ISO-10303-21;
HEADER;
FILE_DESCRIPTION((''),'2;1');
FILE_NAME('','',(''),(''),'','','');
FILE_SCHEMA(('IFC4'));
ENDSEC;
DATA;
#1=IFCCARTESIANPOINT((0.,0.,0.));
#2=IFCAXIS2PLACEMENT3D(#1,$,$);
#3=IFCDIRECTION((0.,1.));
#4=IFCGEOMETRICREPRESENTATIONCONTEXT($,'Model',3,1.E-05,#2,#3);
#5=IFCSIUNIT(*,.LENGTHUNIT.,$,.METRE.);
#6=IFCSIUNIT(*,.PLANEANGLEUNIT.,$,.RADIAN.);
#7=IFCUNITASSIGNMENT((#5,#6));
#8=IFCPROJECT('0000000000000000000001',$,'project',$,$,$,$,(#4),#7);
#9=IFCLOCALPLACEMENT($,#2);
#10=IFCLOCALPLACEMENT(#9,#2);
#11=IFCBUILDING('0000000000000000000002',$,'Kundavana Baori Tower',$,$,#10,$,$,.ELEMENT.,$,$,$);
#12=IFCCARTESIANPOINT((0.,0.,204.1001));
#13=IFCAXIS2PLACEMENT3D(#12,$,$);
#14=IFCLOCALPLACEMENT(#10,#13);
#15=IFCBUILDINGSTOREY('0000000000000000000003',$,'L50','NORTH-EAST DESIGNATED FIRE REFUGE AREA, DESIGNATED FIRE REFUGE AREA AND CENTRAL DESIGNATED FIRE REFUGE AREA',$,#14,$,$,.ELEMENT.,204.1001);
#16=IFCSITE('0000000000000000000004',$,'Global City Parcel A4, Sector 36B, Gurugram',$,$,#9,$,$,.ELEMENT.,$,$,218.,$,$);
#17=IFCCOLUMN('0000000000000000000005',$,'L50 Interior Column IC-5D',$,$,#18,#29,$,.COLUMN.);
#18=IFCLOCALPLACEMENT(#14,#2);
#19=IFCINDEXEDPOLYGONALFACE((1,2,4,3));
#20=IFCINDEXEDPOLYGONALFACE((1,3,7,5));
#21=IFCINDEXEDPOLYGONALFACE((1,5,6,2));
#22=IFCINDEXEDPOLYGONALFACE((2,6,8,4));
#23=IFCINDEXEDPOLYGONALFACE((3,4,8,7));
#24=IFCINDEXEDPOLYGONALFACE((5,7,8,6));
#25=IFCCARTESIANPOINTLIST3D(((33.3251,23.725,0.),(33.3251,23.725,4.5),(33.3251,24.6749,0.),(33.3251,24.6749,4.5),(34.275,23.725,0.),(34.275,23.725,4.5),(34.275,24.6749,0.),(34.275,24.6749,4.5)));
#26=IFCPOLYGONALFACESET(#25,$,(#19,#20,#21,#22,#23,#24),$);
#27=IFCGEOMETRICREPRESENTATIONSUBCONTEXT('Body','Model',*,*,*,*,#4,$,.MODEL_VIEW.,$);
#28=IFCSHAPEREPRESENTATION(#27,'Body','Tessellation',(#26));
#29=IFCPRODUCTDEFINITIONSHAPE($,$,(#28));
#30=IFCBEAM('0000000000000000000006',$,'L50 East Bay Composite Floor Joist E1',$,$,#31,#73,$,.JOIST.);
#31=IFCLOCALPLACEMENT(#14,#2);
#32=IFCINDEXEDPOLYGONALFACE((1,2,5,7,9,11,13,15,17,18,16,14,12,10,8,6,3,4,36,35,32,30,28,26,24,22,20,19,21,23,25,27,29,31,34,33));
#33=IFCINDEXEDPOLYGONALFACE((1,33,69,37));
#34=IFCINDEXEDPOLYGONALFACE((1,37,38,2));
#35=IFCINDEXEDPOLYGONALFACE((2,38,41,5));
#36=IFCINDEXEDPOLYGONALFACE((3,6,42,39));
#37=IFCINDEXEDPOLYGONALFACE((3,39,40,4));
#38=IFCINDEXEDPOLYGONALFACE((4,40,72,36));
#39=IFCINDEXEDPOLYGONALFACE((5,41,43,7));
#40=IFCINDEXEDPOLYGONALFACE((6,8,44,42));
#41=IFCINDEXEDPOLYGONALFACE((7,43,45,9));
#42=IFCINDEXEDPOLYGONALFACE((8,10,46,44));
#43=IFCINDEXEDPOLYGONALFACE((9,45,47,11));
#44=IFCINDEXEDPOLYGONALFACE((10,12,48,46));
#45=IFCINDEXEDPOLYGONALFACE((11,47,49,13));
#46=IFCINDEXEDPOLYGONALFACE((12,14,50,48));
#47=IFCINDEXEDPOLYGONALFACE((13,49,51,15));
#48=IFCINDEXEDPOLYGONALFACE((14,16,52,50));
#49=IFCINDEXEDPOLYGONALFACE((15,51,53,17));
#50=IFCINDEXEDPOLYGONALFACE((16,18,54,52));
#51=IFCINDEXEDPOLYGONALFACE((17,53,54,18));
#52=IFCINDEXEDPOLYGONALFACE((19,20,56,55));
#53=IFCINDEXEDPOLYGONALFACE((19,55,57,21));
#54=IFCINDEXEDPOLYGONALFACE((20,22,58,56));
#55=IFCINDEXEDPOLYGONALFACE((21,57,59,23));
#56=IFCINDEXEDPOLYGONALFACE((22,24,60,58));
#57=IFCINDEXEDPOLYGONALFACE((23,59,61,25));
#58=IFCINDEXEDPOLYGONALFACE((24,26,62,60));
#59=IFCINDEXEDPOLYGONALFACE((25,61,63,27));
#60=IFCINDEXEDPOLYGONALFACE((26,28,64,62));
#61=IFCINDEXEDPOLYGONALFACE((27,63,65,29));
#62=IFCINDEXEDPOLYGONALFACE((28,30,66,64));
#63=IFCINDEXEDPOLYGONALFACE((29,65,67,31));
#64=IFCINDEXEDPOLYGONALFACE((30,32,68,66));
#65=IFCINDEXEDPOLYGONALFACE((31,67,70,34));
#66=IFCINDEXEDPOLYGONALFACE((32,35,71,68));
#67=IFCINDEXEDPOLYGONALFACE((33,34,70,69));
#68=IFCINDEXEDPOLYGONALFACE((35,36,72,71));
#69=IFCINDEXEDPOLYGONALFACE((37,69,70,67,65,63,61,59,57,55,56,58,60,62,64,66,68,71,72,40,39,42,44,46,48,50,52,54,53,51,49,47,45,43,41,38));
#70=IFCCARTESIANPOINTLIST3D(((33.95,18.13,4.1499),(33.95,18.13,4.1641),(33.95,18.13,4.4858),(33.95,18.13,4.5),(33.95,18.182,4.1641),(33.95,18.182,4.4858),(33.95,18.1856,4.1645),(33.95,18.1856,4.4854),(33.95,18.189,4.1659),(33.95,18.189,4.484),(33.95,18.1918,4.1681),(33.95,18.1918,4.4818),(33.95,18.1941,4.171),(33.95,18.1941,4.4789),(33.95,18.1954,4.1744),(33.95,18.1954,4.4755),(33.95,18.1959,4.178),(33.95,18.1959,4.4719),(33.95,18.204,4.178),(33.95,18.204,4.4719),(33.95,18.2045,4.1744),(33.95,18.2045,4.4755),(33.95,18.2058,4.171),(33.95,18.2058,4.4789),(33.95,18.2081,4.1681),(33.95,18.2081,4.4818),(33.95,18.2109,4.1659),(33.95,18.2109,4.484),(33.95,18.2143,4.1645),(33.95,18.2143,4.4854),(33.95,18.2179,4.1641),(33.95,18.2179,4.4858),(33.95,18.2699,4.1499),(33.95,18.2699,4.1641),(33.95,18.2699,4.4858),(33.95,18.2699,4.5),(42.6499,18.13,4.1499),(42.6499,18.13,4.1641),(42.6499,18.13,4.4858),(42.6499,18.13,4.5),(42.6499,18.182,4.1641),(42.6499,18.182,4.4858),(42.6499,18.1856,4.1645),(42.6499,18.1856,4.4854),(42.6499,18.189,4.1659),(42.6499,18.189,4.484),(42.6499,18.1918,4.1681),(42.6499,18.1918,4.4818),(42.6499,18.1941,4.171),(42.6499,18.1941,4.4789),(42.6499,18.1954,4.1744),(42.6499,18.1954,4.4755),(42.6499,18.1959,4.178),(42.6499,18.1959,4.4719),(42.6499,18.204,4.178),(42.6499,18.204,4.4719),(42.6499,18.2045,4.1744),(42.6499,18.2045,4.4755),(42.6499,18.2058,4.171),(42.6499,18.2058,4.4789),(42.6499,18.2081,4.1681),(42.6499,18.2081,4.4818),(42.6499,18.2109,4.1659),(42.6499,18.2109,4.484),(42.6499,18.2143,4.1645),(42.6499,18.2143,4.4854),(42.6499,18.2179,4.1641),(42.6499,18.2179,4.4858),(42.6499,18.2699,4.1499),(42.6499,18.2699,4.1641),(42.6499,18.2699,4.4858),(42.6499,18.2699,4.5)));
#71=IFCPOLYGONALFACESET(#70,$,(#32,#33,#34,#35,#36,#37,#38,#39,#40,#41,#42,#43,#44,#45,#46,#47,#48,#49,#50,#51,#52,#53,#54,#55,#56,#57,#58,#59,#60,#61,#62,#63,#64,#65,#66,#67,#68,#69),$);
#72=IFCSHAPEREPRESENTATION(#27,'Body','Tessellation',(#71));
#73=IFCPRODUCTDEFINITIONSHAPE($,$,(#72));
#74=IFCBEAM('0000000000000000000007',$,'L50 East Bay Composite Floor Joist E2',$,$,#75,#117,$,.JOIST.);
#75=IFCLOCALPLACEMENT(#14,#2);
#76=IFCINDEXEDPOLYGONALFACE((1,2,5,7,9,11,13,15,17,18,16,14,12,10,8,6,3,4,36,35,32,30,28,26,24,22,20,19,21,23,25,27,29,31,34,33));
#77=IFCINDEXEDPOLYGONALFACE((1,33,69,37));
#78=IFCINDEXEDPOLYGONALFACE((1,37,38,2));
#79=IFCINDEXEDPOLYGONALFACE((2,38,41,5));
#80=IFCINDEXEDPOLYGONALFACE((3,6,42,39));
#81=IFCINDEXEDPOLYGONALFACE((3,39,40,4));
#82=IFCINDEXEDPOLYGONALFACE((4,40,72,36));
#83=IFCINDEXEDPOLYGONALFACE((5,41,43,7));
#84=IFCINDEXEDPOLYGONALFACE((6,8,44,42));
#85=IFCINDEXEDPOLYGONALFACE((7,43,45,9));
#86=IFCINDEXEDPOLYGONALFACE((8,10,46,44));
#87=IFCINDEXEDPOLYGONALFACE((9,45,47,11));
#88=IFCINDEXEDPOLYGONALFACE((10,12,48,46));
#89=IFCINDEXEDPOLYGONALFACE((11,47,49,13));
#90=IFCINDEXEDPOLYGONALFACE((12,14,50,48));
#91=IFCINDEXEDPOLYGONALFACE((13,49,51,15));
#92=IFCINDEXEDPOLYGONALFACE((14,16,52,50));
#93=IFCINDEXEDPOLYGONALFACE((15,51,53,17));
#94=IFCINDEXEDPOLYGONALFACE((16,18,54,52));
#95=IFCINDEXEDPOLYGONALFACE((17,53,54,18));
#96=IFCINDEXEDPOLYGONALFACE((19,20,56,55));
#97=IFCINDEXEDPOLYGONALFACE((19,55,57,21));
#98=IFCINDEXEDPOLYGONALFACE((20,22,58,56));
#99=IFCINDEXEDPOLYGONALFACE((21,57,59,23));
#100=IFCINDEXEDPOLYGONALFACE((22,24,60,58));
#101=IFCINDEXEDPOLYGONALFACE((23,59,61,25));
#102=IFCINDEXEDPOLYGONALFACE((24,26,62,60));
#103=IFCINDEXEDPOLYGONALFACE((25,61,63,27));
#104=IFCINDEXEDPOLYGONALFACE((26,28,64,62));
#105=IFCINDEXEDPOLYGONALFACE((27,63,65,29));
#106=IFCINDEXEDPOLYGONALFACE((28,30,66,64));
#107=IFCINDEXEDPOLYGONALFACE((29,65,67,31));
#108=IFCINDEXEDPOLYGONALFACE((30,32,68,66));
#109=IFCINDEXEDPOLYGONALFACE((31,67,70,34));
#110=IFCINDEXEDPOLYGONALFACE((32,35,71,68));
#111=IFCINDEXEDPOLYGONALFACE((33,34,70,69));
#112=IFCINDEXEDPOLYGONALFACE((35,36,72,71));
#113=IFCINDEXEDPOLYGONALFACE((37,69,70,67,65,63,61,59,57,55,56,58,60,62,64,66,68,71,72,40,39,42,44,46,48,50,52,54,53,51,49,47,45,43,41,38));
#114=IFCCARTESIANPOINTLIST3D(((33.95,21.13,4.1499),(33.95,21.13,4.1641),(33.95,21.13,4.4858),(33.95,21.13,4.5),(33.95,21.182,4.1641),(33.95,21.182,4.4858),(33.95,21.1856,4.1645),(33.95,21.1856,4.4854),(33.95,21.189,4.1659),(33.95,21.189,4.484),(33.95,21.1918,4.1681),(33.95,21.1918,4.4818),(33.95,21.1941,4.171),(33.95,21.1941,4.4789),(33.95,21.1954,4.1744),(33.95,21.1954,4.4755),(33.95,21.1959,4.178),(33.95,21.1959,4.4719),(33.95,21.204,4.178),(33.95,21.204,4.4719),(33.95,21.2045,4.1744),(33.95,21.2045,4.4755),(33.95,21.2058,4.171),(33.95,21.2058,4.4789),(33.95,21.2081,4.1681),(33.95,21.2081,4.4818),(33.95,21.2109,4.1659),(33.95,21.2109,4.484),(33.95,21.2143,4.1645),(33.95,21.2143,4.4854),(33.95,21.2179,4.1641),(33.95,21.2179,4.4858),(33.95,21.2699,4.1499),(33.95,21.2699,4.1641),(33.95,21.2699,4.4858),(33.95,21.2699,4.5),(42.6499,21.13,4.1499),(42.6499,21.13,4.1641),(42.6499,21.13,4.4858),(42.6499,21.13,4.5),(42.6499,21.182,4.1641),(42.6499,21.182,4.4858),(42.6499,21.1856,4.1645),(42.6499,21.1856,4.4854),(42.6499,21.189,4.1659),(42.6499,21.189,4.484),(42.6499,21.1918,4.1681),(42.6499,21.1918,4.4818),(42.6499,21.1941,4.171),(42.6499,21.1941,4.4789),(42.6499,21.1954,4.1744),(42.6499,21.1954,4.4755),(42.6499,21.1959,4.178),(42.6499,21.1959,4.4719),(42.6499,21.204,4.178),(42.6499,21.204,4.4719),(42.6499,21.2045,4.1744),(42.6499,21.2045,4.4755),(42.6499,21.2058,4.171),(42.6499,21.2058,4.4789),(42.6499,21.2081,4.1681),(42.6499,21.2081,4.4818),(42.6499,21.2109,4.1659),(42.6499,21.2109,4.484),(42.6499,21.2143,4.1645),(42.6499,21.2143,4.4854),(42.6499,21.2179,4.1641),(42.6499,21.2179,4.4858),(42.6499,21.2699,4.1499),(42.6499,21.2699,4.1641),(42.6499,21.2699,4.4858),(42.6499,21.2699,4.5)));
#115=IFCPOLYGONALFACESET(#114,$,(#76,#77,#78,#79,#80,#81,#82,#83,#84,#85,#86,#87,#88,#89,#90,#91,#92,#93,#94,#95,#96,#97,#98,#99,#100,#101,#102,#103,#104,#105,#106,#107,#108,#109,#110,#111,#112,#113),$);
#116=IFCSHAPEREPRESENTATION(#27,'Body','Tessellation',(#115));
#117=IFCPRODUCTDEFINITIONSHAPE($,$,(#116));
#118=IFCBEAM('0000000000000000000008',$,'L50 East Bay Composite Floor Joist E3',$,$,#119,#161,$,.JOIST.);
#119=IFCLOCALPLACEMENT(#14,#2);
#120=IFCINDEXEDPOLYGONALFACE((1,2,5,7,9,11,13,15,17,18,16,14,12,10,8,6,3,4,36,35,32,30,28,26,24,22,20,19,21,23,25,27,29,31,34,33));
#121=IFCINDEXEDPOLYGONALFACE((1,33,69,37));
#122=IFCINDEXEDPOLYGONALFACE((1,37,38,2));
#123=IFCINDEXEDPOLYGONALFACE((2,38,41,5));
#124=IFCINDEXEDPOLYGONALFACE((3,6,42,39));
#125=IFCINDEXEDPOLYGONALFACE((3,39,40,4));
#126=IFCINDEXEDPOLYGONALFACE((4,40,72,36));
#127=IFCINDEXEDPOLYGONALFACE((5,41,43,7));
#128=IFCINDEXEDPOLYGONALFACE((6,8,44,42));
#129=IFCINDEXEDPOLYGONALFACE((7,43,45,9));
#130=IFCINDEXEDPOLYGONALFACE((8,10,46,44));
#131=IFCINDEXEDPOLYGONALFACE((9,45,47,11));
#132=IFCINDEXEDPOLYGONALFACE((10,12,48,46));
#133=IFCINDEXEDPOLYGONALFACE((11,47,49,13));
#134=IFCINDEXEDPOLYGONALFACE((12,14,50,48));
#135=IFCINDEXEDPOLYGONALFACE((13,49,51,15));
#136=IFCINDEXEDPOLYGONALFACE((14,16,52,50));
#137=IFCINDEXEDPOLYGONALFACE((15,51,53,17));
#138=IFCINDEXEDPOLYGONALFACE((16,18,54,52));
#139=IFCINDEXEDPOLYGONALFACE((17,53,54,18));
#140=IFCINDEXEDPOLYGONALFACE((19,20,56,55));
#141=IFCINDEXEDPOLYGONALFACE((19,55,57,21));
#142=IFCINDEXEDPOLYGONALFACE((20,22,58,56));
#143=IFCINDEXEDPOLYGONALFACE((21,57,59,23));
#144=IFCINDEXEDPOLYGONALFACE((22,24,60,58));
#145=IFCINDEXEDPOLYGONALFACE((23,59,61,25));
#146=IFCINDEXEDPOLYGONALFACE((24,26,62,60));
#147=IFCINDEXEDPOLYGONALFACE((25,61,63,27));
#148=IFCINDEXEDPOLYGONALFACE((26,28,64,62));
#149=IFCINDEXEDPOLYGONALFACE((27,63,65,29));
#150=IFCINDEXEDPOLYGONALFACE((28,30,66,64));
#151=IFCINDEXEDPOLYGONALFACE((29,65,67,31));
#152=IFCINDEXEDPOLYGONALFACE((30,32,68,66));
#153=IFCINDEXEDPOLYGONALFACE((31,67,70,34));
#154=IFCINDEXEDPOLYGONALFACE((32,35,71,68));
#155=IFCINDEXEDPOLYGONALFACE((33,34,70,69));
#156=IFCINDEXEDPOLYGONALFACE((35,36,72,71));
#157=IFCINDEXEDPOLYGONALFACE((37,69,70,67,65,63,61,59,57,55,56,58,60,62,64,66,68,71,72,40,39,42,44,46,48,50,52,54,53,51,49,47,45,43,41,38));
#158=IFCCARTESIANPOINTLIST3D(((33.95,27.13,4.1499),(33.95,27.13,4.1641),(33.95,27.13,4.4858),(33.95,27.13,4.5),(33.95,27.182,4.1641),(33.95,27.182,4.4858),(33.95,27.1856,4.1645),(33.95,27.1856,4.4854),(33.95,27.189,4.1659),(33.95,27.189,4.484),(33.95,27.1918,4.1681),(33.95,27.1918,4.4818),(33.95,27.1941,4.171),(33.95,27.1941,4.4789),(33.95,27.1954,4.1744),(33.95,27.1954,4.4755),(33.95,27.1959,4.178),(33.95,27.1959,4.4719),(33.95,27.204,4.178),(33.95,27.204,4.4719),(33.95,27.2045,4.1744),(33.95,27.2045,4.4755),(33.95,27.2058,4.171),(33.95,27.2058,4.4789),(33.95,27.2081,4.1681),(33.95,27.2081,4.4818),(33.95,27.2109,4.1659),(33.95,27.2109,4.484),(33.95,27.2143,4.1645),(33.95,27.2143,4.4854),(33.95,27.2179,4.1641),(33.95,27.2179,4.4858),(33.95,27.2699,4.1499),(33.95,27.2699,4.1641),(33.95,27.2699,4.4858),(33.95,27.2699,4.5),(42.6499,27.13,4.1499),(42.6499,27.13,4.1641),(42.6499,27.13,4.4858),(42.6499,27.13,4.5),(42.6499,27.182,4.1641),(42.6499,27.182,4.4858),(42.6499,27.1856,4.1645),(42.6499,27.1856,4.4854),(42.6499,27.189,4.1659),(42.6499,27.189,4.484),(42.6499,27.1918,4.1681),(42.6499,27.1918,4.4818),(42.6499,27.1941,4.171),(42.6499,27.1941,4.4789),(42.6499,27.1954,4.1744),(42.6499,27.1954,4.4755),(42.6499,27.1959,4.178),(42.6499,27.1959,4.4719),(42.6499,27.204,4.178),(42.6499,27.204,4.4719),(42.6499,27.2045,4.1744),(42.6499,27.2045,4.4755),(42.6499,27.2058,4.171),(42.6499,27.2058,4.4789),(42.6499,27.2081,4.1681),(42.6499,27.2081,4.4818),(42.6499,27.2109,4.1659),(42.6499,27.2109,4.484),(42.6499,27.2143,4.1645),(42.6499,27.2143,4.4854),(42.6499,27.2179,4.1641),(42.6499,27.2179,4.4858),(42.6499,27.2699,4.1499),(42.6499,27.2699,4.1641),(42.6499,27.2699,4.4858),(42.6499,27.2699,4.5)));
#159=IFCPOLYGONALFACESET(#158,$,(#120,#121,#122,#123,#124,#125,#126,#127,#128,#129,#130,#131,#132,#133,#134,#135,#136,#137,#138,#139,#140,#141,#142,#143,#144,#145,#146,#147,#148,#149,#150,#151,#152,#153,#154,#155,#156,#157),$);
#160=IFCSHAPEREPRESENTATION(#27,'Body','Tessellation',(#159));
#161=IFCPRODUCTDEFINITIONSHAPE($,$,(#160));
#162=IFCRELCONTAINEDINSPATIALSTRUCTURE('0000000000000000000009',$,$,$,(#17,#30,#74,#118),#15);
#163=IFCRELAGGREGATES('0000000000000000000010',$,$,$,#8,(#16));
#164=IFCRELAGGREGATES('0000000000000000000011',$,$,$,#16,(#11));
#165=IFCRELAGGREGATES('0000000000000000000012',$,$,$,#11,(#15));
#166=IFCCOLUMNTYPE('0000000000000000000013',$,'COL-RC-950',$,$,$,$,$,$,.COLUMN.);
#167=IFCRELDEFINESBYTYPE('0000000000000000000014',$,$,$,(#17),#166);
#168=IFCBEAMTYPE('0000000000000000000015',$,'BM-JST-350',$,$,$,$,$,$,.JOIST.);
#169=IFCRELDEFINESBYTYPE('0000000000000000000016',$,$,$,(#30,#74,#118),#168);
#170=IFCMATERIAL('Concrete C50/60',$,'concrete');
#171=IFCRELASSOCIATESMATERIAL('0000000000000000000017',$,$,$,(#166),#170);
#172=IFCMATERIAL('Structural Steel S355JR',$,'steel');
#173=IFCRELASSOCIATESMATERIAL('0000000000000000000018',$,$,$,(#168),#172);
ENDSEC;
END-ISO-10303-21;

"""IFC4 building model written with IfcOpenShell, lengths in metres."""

from ifc_helpers import new_model, si_unit, direction, frame, origin, origin_2d, place, context, subcontext, project, spatial, rectangle, i_section, extrude, material, material_profile, profile_set, type_object, element, save


model = new_model("IFC4")

# Units and contexts
model_context = context("Model", 3, precision=1e-05, world=origin(), true_north=direction((0.0, 1.0)))
body_context = subcontext(model_context, "Body", "Model", "MODEL_VIEW")
ifc_project = project(units=[si_unit("LENGTHUNIT", "METRE"), si_unit("PLANEANGLEUNIT", "RADIAN")], contexts=[model_context])

# Site, building, storey
site_placement = place(None, origin())
site = spatial("IfcSite", under=ifc_project, at=site_placement, Name="Global City Parcel A4, Sector 36B, Gurugram", CompositionType="ELEMENT", RefElevation=218.0)
building_placement = place(site_placement, origin())
building = spatial("IfcBuilding", under=site, at=building_placement, Name="Kundavana Baori Tower", CompositionType="ELEMENT")
storey_placement = place(building_placement, frame((0.0, 0.0, 204.1001)))
storey = spatial("IfcBuildingStorey", under=building, at=storey_placement, Name="L50", Description="NORTH-EAST DESIGNATED FIRE REFUGE AREA, DESIGNATED FIRE REFUGE AREA AND CENTRAL DESIGNATED FIRE REFUGE AREA", CompositionType="ELEMENT", Elevation=204.1001)

# Column
ifc_material_1 = material(Name="Concrete C50/60", Category="concrete")
ifc_material_profile_1 = material_profile(ifc_material_1, rectangle(XDim=0.95, YDim=0.95, at=origin_2d()), Name="RC 950x950")
ifc_profile_set_1 = profile_set([ifc_material_profile_1], Name="Concrete C50/60")
column_type = type_object("IfcColumnType", Name="COL-RC-950", PredefinedType="COLUMN", material=ifc_profile_set_1)
column_placement = place(storey_placement, frame((33.8, 24.2, 0.0), z_axis=(0.0, 0.0, 1.0), x_axis=(1.0, 0.0, 0.0)))
element("IfcColumn", 1, at=column_placement, inside=storey, type_object=column_type, Name="L50 Interior Column IC-5D", PredefinedType="COLUMN", context=body_context, shape_type="SweptSolid", body=[
    extrude(rectangle(XDim=0.95, YDim=0.95, at=origin_2d()), origin(), (0.0, 0.0, 1.0), 4.5),
])

# Beams
ifc_material_2 = material(Name="Structural Steel S355JR", Category="steel")
ifc_material_profile_2 = material_profile(ifc_material_2, i_section(OverallWidth=0.1399, OverallDepth=0.3501, WebThickness=0.0081, FlangeThickness=0.0142, FilletRadius=0.0139, at=origin_2d()), Name="ISMB 350")
ifc_profile_set_2 = profile_set([ifc_material_profile_2], Name="Structural Steel S355JR")
beam_type_1 = type_object("IfcBeamType", Name="BM-JST-350", PredefinedType="JOIST", material=ifc_profile_set_2)
for number, where, z_axis, x_axis, name in (
    (2, (33.95, 18.2, 4.325), (1.0, 0.0, 0.0), (0.0, 1.0, 0.0), "L50 East Bay Composite Floor Joist E1"),
    (3, (33.95, 21.2, 4.325), (1.0, 0.0, 0.0), (0.0, 1.0, 0.0), "L50 East Bay Composite Floor Joist E2"),
    (4, (33.95, 27.2, 4.325), (1.0, 0.0, 0.0), (0.0, 1.0, 0.0), "L50 East Bay Composite Floor Joist E3"),
):
    element("IfcBeam", number, at=place(storey_placement, frame(where, z_axis=z_axis, x_axis=x_axis)), inside=storey, type_object=beam_type_1, Name=name, PredefinedType="JOIST", context=body_context, shape_type="SweptSolid", body=[
        extrude(i_section(OverallWidth=0.1399, OverallDepth=0.3501, WebThickness=0.0081, FlangeThickness=0.0142, FilletRadius=0.0139, at=origin_2d()), origin(), (0.0, 0.0, 1.0), 8.7),
    ])

save(model, "model.ifc")
